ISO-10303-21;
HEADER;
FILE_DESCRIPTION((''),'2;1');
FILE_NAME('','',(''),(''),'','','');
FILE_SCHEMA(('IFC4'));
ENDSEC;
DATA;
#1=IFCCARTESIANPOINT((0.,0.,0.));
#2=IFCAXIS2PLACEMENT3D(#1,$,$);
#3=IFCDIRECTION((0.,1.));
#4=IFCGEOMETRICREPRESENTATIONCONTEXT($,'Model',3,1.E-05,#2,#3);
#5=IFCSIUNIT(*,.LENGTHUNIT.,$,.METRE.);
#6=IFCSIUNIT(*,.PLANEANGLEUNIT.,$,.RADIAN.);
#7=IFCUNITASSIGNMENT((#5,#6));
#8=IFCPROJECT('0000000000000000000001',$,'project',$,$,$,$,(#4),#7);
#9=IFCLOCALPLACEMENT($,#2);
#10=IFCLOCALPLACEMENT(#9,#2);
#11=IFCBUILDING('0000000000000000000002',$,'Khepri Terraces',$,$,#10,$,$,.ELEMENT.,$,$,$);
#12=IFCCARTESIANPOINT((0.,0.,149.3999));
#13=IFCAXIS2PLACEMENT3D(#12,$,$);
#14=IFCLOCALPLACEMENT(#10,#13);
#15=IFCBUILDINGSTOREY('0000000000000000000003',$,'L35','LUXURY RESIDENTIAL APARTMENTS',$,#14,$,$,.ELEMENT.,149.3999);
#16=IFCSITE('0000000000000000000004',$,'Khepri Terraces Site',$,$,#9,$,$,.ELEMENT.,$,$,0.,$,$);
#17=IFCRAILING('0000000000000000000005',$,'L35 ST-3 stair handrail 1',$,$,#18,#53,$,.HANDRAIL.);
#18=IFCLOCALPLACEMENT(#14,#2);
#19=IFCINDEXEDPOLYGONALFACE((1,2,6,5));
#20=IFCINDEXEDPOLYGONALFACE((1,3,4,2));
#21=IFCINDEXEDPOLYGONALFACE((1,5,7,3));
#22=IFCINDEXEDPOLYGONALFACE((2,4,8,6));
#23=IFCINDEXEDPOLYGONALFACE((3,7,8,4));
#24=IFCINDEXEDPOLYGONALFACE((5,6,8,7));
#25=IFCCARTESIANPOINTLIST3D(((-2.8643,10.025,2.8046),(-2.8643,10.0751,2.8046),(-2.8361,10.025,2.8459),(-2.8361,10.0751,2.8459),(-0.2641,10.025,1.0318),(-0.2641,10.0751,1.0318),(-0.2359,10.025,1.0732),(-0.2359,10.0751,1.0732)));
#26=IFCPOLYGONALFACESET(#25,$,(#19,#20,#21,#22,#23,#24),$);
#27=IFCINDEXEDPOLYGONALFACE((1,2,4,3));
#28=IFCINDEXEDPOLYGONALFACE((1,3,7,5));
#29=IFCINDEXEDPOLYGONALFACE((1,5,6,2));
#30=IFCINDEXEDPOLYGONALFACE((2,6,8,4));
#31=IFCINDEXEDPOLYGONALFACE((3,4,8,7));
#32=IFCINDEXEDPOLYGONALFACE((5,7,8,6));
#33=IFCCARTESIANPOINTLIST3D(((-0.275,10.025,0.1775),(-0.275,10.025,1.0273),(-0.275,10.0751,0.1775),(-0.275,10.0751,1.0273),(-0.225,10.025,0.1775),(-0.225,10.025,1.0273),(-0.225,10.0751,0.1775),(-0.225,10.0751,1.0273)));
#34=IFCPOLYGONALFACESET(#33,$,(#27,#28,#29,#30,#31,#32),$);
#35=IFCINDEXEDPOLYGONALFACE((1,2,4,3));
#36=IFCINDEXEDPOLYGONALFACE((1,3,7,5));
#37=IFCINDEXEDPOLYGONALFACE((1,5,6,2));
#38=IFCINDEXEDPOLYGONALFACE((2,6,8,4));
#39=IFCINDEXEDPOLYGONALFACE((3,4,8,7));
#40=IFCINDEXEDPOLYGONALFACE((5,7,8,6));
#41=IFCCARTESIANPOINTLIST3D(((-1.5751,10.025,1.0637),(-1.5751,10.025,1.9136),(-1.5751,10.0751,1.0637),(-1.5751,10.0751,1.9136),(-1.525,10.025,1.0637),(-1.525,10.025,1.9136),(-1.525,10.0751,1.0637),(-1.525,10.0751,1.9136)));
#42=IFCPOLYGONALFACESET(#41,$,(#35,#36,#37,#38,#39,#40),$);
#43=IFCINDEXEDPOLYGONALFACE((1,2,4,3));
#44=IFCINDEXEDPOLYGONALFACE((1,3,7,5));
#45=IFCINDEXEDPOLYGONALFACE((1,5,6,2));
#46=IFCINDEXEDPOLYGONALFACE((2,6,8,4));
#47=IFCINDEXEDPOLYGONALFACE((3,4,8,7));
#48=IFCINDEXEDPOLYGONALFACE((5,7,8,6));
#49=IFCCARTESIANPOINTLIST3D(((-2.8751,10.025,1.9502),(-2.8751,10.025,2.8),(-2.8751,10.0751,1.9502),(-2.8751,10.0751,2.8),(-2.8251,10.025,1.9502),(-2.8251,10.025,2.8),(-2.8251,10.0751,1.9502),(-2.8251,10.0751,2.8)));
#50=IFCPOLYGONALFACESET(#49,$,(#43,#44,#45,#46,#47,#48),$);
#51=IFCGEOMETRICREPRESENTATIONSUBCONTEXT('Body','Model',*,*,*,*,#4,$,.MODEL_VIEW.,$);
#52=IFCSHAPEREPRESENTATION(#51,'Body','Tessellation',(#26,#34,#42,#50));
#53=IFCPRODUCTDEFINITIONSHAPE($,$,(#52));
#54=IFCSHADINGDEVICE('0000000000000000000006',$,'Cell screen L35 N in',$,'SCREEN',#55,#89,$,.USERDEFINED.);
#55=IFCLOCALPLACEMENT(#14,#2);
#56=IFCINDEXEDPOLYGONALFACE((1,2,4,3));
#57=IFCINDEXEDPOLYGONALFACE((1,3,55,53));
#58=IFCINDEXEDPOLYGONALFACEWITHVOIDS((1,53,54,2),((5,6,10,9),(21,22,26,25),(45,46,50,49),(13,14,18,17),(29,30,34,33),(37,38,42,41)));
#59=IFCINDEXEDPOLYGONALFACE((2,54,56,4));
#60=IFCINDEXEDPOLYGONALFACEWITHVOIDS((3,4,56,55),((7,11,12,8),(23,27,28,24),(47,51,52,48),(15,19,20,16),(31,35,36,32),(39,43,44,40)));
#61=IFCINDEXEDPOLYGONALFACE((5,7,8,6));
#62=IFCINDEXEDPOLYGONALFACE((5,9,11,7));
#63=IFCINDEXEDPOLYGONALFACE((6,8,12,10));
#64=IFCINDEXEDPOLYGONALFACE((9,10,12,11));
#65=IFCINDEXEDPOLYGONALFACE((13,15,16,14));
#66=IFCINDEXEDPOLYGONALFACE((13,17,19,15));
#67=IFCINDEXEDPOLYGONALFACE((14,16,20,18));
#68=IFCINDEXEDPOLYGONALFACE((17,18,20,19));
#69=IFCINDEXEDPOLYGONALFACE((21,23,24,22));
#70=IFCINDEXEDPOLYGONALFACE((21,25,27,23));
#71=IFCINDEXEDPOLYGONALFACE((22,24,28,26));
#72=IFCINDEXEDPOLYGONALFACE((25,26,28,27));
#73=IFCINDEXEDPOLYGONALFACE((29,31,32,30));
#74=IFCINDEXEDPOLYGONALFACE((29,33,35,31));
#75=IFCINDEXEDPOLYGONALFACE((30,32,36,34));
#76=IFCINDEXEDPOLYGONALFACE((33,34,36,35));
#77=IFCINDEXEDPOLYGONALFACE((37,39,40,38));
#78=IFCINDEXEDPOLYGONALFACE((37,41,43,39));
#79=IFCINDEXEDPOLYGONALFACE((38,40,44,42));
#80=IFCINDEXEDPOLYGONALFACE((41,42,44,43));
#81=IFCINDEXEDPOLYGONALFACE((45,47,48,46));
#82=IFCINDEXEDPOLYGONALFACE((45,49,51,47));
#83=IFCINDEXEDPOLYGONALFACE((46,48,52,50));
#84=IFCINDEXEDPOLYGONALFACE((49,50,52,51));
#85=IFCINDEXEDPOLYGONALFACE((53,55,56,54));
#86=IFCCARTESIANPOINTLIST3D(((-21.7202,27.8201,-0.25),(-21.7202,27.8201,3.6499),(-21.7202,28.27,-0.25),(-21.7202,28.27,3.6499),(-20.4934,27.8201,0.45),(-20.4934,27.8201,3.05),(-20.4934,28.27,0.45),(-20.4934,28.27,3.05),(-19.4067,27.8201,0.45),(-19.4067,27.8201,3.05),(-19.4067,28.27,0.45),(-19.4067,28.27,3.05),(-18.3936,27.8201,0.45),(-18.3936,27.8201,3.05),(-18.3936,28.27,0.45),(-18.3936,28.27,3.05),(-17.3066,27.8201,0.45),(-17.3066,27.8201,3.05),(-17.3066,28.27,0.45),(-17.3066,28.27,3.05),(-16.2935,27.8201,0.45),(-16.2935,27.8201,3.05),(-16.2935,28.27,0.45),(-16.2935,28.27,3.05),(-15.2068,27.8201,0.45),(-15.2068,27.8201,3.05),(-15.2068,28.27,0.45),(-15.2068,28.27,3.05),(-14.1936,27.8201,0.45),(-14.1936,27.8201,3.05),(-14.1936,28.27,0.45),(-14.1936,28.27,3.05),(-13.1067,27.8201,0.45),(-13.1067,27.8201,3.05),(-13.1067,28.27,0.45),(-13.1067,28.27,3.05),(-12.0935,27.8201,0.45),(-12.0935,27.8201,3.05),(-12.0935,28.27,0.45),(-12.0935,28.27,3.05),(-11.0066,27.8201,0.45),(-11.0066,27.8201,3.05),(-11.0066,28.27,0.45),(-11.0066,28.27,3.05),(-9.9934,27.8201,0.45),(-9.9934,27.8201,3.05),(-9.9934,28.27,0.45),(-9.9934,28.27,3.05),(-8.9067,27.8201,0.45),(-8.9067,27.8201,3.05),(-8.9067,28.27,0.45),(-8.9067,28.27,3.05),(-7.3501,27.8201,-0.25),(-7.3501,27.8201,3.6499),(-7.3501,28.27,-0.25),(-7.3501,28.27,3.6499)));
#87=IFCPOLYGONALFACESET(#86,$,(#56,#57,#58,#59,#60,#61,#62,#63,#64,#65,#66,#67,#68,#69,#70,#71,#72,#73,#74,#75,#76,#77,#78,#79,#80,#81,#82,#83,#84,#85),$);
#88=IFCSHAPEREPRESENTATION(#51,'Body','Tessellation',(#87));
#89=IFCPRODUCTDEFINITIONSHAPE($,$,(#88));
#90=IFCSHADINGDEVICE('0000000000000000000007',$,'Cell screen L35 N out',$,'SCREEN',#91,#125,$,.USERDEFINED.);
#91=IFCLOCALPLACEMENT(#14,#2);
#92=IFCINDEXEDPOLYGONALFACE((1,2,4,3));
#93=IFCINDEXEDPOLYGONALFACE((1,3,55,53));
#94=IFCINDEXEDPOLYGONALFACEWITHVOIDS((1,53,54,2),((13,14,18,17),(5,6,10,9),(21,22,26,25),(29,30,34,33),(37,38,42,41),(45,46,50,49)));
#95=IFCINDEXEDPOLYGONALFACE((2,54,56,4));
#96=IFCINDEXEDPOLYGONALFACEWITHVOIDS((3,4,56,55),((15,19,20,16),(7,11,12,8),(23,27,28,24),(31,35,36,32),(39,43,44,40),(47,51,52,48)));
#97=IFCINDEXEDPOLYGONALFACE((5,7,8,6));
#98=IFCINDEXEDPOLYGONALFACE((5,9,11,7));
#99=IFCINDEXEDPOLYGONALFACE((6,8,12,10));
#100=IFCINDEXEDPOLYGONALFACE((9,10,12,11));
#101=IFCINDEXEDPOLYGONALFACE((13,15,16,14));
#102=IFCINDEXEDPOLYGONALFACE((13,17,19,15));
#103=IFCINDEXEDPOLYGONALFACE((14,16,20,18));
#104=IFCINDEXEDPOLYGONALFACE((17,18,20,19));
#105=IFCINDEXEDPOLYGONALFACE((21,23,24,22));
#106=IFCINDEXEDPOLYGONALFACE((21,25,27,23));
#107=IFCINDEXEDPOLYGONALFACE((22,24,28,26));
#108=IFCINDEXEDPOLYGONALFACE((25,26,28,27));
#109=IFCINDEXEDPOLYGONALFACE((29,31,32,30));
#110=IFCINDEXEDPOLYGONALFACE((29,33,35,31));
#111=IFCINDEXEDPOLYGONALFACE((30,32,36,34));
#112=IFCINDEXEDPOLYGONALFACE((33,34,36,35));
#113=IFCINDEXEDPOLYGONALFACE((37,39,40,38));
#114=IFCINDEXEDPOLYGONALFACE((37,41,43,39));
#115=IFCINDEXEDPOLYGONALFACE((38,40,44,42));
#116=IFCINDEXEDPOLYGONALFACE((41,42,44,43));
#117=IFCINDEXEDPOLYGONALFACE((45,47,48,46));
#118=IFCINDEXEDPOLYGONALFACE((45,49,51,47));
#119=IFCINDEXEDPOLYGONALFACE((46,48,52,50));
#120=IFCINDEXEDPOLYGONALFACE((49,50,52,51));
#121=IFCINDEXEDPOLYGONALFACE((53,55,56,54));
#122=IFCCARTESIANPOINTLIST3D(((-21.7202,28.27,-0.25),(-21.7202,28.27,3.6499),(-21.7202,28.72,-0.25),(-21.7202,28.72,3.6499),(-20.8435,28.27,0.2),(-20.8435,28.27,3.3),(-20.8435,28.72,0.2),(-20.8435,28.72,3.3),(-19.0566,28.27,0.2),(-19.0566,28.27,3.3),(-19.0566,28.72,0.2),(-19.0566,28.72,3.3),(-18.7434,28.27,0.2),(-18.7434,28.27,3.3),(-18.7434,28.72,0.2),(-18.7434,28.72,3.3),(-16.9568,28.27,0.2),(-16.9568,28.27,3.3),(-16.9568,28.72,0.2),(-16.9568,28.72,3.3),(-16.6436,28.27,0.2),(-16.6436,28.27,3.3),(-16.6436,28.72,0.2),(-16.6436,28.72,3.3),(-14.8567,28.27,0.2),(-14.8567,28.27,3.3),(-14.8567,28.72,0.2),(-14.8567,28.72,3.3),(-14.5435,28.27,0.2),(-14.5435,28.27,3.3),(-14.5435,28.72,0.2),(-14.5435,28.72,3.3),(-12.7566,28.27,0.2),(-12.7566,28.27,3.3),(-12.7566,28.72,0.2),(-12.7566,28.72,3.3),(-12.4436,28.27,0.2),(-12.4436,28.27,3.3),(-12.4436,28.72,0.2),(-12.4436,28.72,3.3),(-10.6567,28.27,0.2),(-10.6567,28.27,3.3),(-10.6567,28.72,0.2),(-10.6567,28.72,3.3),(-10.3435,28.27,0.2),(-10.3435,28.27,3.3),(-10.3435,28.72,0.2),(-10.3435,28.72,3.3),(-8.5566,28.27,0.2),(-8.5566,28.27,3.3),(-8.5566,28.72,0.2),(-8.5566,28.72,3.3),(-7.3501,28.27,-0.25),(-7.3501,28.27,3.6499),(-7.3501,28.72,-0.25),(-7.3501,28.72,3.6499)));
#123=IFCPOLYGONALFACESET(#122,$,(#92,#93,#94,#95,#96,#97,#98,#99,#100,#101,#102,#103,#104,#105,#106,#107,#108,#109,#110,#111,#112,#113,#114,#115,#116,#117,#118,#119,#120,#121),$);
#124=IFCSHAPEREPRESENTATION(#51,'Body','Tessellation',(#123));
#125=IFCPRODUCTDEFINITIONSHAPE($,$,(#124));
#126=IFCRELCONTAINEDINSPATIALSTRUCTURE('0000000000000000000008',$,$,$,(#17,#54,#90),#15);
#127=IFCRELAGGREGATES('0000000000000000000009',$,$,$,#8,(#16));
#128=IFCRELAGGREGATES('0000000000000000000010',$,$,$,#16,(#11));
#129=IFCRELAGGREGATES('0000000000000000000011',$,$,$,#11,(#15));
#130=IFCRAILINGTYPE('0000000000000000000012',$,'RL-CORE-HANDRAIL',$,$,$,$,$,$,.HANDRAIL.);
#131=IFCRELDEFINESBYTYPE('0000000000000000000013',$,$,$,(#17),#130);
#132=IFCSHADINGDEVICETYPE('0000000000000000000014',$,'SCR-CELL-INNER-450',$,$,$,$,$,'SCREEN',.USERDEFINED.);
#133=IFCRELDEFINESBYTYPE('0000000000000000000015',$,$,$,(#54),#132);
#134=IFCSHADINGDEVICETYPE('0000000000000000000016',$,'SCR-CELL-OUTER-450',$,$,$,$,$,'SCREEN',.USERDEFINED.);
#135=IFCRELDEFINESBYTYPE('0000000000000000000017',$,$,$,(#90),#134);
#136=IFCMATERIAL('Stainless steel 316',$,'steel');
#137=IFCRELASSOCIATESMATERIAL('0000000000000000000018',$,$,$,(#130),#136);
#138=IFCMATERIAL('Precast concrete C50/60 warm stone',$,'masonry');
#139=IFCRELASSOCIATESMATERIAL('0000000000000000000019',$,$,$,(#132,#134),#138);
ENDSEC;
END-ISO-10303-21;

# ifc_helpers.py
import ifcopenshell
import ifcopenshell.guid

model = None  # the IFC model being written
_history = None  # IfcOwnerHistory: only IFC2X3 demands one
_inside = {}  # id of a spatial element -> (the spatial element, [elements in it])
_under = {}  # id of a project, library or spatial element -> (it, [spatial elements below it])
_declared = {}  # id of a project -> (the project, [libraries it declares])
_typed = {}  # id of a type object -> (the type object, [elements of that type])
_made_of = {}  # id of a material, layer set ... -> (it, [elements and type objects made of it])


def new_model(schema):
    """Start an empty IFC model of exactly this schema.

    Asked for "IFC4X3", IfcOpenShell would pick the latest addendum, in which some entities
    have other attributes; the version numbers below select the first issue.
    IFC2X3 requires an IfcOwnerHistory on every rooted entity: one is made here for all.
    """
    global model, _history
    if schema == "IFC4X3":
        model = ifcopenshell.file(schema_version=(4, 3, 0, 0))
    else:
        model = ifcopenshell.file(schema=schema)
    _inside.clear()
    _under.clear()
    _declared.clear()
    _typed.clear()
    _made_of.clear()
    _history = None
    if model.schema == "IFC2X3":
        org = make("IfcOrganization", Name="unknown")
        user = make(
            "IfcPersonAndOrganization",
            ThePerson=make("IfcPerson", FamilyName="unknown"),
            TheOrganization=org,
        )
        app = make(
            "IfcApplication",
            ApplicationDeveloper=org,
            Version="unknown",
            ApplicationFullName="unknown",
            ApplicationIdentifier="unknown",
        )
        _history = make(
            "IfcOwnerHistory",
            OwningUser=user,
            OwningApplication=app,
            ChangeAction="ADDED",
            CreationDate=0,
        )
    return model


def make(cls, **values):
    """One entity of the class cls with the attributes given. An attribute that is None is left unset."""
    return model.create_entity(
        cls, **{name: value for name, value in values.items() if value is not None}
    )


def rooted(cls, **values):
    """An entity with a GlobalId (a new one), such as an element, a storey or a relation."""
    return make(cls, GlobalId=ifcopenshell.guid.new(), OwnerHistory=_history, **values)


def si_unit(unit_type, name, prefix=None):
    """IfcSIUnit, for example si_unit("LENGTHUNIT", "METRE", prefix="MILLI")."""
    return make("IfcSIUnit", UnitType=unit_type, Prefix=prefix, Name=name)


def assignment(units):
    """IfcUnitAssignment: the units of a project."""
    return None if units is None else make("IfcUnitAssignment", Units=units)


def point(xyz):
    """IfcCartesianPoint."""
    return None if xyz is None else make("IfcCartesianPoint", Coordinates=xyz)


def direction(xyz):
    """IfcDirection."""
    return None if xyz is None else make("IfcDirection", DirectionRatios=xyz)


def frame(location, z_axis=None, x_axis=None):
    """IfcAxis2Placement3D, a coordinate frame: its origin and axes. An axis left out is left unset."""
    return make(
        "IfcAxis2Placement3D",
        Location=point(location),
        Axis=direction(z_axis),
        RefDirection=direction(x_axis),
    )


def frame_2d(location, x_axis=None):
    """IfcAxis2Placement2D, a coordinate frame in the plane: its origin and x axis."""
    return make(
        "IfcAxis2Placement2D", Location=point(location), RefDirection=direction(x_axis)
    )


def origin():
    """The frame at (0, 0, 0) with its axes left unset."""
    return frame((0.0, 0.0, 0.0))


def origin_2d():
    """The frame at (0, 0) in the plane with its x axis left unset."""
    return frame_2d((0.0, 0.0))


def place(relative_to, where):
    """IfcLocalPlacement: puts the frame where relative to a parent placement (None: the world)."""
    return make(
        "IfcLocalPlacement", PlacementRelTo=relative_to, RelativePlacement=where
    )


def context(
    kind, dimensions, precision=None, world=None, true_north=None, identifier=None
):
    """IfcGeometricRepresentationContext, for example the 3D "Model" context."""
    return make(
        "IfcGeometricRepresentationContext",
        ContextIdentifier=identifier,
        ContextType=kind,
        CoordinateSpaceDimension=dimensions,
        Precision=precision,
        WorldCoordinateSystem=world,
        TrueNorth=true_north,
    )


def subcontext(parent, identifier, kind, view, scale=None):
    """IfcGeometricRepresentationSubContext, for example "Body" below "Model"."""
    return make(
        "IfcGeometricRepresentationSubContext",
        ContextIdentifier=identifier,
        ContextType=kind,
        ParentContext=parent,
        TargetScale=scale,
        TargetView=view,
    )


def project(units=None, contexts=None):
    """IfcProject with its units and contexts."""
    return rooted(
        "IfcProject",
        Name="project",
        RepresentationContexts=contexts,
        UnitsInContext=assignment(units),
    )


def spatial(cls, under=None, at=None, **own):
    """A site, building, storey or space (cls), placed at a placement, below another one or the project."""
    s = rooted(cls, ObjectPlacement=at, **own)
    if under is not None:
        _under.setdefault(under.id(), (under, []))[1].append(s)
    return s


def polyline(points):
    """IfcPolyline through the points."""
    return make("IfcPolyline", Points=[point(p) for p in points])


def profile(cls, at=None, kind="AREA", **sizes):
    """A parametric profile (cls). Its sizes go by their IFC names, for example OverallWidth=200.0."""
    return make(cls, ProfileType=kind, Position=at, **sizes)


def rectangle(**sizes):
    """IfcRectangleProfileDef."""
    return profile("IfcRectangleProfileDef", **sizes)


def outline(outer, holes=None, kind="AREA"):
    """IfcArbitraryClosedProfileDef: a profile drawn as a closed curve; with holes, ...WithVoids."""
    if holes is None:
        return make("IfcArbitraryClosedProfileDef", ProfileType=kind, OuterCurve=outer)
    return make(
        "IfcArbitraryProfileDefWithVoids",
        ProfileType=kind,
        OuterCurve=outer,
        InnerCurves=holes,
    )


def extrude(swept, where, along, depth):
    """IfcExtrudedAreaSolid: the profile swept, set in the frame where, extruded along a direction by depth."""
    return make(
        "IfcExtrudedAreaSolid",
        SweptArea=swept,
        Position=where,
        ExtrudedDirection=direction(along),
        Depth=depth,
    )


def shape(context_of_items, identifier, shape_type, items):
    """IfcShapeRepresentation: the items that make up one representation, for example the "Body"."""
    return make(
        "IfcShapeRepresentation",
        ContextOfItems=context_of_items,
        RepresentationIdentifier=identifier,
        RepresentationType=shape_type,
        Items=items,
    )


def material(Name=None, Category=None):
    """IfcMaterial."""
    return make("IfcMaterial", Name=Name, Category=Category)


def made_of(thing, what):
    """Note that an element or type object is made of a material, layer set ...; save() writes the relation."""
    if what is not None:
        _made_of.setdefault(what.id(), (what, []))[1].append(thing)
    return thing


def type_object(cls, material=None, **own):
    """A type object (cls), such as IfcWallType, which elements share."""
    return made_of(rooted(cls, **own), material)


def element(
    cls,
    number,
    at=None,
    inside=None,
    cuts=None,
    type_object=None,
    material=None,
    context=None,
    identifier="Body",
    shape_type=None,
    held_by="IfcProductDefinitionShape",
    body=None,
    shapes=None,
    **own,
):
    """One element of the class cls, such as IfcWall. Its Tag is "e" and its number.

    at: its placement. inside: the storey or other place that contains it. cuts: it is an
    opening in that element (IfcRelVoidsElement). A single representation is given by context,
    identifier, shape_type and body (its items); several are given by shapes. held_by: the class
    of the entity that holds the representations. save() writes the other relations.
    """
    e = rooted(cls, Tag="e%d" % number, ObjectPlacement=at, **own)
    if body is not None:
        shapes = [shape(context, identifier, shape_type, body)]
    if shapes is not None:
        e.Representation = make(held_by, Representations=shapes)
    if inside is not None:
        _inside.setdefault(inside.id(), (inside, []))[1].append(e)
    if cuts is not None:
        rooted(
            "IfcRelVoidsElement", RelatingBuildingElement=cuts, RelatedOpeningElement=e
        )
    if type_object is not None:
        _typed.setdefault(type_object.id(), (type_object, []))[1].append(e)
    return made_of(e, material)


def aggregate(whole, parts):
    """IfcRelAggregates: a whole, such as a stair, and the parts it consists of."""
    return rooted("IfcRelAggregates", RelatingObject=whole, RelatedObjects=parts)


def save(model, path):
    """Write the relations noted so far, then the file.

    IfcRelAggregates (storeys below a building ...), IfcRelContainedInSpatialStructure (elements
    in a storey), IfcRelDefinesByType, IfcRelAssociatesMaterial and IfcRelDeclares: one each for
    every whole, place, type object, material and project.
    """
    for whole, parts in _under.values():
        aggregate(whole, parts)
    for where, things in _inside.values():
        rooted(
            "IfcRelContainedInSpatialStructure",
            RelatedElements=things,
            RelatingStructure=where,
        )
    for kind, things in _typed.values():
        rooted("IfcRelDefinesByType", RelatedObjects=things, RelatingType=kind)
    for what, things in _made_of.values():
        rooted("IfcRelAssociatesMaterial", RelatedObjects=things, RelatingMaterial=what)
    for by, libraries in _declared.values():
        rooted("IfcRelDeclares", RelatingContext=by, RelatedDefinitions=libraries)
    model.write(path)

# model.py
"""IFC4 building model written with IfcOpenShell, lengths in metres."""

from ifc_helpers import new_model, si_unit, direction, frame, origin, origin_2d, place, context, subcontext, project, spatial, polyline, rectangle, outline, extrude, material, type_object, element, save


model = new_model("IFC4")

# Units and contexts
model_context = context("Model", 3, precision=1e-05, world=origin(), true_north=direction((0.0, 1.0)))
body_context = subcontext(model_context, "Body", "Model", "MODEL_VIEW")
ifc_project = project(units=[si_unit("LENGTHUNIT", "METRE"), si_unit("PLANEANGLEUNIT", "RADIAN")], contexts=[model_context])

# Site, building, storey
site_placement = place(None, origin())
site = spatial("IfcSite", under=ifc_project, at=site_placement, Name="Khepri Terraces Site", CompositionType="ELEMENT", RefElevation=0.0)
building_placement = place(site_placement, origin())
building = spatial("IfcBuilding", under=site, at=building_placement, Name="Khepri Terraces", CompositionType="ELEMENT")
storey_placement = place(building_placement, frame((0.0, 0.0, 149.3999)))
storey = spatial("IfcBuildingStorey", under=building, at=storey_placement, Name="L35", Description="LUXURY RESIDENTIAL APARTMENTS", CompositionType="ELEMENT", Elevation=149.3999)

# Shared definitions
ifc_material_1 = material(Name="Precast concrete C50/60 warm stone", Category="masonry")

# Railing
ifc_material_2 = material(Name="Stainless steel 316", Category="steel")
railing_type_1 = type_object("IfcRailingType", Name="RL-CORE-HANDRAIL", PredefinedType="HANDRAIL", material=ifc_material_2)
railing_1_placement = place(storey_placement, frame((-0.25, 10.05, 0.1775)))
element("IfcRailing", 1, at=railing_1_placement, inside=storey, type_object=railing_type_1, Name="L35 ST-3 stair handrail 1", PredefinedType="HANDRAIL", context=body_context, shape_type="SweptSolid", body=[
    extrude(rectangle(XDim=0.05, YDim=0.05, at=origin_2d()), frame((0.0, 0.0, 0.875), z_axis=(-0.82624, 0.0, 0.563318), x_axis=(0.0, -1.0, 0.0)), (0.0, 0.0, 1.0), 3.147),
    extrude(rectangle(XDim=0.05, YDim=0.05, at=origin_2d()), origin(), (0.0, 0.0, 1.0), 0.8499),
    extrude(rectangle(XDim=0.05, YDim=0.05, at=origin_2d()), frame((-1.3, 0.0, 0.8862)), (0.0, 0.0, 1.0), 0.8499),
    extrude(rectangle(XDim=0.05, YDim=0.05, at=origin_2d()), frame((-2.6001, 0.0, 1.7727)), (0.0, 0.0, 1.0), 0.8499),
])

# Shading devices
shading_device_type_1 = type_object("IfcShadingDeviceType", Name="SCR-CELL-INNER-450", ElementType="SCREEN", PredefinedType="USERDEFINED", material=ifc_material_1)
shading_device_1_placement = place(storey_placement, frame((-7.3501, 27.8201, -0.25), z_axis=(0.0, 1.0, 0.0), x_axis=(-1.0, 0.0, 0.0)))
element("IfcShadingDevice", 2, at=shading_device_1_placement, inside=storey, type_object=shading_device_type_1, Name="Cell screen L35 N in", ObjectType="SCREEN", PredefinedType="USERDEFINED", context=body_context, shape_type="SweptSolid", body=[
    extrude(outline(polyline([(0.0, 0.0), (14.3701, 0.0), (14.3701, 3.8999), (0.0, 3.8999), (0.0, 0.0)]), holes=[polyline([(1.5566, 0.7), (2.6433, 0.7), (2.6433, 3.3), (1.5566, 3.3), (1.5566, 0.7)]), polyline([(3.6565, 0.7), (4.7434, 0.7), (4.7434, 3.3), (3.6565, 3.3), (3.6565, 0.7)]), polyline([(5.7566, 0.7), (6.8435, 0.7), (6.8435, 3.3), (5.7566, 3.3), (5.7566, 0.7)]), polyline([(7.8567, 0.7), (8.9434, 0.7), (8.9434, 3.3), (7.8567, 3.3), (7.8567, 0.7)]), polyline([(9.9565, 0.7), (11.0435, 0.7), (11.0435, 3.3), (9.9565, 3.3), (9.9565, 0.7)]), polyline([(12.0566, 0.7), (13.1433, 0.7), (13.1433, 3.3), (12.0566, 3.3), (12.0566, 0.7)])]), origin(), (0.0, 0.0, 1.0), 0.45),
])
shading_device_type_2 = type_object("IfcShadingDeviceType", Name="SCR-CELL-OUTER-450", ElementType="SCREEN", PredefinedType="USERDEFINED", material=ifc_material_1)
shading_device_2_placement = place(storey_placement, frame((-7.3501, 28.27, -0.25), z_axis=(0.0, 1.0, 0.0), x_axis=(-1.0, 0.0, 0.0)))
element("IfcShadingDevice", 3, at=shading_device_2_placement, inside=storey, type_object=shading_device_type_2, Name="Cell screen L35 N out", ObjectType="SCREEN", PredefinedType="USERDEFINED", context=body_context, shape_type="SweptSolid", body=[
    extrude(outline(polyline([(0.0, 0.0), (14.3701, 0.0), (14.3701, 3.8999), (0.0, 3.8999), (0.0, 0.0)]), holes=[polyline([(1.2065, 0.45), (2.9934, 0.45), (2.9934, 3.55), (1.2065, 3.55), (1.2065, 0.45)]), polyline([(3.3066, 0.45), (5.0935, 0.45), (5.0935, 3.55), (3.3066, 3.55), (3.3066, 0.45)]), polyline([(5.4065, 0.45), (7.1934, 0.45), (7.1934, 3.55), (5.4065, 3.55), (5.4065, 0.45)]), polyline([(7.5066, 0.45), (9.2935, 0.45), (9.2935, 3.55), (7.5066, 3.55), (7.5066, 0.45)]), polyline([(9.6067, 0.45), (11.3933, 0.45), (11.3933, 3.55), (9.6067, 3.55), (9.6067, 0.45)]), polyline([(11.7065, 0.45), (13.4934, 0.45), (13.4934, 3.55), (11.7065, 3.55), (11.7065, 0.45)])]), origin(), (0.0, 0.0, 1.0), 0.45),
])

save(model, "model.ifc")
